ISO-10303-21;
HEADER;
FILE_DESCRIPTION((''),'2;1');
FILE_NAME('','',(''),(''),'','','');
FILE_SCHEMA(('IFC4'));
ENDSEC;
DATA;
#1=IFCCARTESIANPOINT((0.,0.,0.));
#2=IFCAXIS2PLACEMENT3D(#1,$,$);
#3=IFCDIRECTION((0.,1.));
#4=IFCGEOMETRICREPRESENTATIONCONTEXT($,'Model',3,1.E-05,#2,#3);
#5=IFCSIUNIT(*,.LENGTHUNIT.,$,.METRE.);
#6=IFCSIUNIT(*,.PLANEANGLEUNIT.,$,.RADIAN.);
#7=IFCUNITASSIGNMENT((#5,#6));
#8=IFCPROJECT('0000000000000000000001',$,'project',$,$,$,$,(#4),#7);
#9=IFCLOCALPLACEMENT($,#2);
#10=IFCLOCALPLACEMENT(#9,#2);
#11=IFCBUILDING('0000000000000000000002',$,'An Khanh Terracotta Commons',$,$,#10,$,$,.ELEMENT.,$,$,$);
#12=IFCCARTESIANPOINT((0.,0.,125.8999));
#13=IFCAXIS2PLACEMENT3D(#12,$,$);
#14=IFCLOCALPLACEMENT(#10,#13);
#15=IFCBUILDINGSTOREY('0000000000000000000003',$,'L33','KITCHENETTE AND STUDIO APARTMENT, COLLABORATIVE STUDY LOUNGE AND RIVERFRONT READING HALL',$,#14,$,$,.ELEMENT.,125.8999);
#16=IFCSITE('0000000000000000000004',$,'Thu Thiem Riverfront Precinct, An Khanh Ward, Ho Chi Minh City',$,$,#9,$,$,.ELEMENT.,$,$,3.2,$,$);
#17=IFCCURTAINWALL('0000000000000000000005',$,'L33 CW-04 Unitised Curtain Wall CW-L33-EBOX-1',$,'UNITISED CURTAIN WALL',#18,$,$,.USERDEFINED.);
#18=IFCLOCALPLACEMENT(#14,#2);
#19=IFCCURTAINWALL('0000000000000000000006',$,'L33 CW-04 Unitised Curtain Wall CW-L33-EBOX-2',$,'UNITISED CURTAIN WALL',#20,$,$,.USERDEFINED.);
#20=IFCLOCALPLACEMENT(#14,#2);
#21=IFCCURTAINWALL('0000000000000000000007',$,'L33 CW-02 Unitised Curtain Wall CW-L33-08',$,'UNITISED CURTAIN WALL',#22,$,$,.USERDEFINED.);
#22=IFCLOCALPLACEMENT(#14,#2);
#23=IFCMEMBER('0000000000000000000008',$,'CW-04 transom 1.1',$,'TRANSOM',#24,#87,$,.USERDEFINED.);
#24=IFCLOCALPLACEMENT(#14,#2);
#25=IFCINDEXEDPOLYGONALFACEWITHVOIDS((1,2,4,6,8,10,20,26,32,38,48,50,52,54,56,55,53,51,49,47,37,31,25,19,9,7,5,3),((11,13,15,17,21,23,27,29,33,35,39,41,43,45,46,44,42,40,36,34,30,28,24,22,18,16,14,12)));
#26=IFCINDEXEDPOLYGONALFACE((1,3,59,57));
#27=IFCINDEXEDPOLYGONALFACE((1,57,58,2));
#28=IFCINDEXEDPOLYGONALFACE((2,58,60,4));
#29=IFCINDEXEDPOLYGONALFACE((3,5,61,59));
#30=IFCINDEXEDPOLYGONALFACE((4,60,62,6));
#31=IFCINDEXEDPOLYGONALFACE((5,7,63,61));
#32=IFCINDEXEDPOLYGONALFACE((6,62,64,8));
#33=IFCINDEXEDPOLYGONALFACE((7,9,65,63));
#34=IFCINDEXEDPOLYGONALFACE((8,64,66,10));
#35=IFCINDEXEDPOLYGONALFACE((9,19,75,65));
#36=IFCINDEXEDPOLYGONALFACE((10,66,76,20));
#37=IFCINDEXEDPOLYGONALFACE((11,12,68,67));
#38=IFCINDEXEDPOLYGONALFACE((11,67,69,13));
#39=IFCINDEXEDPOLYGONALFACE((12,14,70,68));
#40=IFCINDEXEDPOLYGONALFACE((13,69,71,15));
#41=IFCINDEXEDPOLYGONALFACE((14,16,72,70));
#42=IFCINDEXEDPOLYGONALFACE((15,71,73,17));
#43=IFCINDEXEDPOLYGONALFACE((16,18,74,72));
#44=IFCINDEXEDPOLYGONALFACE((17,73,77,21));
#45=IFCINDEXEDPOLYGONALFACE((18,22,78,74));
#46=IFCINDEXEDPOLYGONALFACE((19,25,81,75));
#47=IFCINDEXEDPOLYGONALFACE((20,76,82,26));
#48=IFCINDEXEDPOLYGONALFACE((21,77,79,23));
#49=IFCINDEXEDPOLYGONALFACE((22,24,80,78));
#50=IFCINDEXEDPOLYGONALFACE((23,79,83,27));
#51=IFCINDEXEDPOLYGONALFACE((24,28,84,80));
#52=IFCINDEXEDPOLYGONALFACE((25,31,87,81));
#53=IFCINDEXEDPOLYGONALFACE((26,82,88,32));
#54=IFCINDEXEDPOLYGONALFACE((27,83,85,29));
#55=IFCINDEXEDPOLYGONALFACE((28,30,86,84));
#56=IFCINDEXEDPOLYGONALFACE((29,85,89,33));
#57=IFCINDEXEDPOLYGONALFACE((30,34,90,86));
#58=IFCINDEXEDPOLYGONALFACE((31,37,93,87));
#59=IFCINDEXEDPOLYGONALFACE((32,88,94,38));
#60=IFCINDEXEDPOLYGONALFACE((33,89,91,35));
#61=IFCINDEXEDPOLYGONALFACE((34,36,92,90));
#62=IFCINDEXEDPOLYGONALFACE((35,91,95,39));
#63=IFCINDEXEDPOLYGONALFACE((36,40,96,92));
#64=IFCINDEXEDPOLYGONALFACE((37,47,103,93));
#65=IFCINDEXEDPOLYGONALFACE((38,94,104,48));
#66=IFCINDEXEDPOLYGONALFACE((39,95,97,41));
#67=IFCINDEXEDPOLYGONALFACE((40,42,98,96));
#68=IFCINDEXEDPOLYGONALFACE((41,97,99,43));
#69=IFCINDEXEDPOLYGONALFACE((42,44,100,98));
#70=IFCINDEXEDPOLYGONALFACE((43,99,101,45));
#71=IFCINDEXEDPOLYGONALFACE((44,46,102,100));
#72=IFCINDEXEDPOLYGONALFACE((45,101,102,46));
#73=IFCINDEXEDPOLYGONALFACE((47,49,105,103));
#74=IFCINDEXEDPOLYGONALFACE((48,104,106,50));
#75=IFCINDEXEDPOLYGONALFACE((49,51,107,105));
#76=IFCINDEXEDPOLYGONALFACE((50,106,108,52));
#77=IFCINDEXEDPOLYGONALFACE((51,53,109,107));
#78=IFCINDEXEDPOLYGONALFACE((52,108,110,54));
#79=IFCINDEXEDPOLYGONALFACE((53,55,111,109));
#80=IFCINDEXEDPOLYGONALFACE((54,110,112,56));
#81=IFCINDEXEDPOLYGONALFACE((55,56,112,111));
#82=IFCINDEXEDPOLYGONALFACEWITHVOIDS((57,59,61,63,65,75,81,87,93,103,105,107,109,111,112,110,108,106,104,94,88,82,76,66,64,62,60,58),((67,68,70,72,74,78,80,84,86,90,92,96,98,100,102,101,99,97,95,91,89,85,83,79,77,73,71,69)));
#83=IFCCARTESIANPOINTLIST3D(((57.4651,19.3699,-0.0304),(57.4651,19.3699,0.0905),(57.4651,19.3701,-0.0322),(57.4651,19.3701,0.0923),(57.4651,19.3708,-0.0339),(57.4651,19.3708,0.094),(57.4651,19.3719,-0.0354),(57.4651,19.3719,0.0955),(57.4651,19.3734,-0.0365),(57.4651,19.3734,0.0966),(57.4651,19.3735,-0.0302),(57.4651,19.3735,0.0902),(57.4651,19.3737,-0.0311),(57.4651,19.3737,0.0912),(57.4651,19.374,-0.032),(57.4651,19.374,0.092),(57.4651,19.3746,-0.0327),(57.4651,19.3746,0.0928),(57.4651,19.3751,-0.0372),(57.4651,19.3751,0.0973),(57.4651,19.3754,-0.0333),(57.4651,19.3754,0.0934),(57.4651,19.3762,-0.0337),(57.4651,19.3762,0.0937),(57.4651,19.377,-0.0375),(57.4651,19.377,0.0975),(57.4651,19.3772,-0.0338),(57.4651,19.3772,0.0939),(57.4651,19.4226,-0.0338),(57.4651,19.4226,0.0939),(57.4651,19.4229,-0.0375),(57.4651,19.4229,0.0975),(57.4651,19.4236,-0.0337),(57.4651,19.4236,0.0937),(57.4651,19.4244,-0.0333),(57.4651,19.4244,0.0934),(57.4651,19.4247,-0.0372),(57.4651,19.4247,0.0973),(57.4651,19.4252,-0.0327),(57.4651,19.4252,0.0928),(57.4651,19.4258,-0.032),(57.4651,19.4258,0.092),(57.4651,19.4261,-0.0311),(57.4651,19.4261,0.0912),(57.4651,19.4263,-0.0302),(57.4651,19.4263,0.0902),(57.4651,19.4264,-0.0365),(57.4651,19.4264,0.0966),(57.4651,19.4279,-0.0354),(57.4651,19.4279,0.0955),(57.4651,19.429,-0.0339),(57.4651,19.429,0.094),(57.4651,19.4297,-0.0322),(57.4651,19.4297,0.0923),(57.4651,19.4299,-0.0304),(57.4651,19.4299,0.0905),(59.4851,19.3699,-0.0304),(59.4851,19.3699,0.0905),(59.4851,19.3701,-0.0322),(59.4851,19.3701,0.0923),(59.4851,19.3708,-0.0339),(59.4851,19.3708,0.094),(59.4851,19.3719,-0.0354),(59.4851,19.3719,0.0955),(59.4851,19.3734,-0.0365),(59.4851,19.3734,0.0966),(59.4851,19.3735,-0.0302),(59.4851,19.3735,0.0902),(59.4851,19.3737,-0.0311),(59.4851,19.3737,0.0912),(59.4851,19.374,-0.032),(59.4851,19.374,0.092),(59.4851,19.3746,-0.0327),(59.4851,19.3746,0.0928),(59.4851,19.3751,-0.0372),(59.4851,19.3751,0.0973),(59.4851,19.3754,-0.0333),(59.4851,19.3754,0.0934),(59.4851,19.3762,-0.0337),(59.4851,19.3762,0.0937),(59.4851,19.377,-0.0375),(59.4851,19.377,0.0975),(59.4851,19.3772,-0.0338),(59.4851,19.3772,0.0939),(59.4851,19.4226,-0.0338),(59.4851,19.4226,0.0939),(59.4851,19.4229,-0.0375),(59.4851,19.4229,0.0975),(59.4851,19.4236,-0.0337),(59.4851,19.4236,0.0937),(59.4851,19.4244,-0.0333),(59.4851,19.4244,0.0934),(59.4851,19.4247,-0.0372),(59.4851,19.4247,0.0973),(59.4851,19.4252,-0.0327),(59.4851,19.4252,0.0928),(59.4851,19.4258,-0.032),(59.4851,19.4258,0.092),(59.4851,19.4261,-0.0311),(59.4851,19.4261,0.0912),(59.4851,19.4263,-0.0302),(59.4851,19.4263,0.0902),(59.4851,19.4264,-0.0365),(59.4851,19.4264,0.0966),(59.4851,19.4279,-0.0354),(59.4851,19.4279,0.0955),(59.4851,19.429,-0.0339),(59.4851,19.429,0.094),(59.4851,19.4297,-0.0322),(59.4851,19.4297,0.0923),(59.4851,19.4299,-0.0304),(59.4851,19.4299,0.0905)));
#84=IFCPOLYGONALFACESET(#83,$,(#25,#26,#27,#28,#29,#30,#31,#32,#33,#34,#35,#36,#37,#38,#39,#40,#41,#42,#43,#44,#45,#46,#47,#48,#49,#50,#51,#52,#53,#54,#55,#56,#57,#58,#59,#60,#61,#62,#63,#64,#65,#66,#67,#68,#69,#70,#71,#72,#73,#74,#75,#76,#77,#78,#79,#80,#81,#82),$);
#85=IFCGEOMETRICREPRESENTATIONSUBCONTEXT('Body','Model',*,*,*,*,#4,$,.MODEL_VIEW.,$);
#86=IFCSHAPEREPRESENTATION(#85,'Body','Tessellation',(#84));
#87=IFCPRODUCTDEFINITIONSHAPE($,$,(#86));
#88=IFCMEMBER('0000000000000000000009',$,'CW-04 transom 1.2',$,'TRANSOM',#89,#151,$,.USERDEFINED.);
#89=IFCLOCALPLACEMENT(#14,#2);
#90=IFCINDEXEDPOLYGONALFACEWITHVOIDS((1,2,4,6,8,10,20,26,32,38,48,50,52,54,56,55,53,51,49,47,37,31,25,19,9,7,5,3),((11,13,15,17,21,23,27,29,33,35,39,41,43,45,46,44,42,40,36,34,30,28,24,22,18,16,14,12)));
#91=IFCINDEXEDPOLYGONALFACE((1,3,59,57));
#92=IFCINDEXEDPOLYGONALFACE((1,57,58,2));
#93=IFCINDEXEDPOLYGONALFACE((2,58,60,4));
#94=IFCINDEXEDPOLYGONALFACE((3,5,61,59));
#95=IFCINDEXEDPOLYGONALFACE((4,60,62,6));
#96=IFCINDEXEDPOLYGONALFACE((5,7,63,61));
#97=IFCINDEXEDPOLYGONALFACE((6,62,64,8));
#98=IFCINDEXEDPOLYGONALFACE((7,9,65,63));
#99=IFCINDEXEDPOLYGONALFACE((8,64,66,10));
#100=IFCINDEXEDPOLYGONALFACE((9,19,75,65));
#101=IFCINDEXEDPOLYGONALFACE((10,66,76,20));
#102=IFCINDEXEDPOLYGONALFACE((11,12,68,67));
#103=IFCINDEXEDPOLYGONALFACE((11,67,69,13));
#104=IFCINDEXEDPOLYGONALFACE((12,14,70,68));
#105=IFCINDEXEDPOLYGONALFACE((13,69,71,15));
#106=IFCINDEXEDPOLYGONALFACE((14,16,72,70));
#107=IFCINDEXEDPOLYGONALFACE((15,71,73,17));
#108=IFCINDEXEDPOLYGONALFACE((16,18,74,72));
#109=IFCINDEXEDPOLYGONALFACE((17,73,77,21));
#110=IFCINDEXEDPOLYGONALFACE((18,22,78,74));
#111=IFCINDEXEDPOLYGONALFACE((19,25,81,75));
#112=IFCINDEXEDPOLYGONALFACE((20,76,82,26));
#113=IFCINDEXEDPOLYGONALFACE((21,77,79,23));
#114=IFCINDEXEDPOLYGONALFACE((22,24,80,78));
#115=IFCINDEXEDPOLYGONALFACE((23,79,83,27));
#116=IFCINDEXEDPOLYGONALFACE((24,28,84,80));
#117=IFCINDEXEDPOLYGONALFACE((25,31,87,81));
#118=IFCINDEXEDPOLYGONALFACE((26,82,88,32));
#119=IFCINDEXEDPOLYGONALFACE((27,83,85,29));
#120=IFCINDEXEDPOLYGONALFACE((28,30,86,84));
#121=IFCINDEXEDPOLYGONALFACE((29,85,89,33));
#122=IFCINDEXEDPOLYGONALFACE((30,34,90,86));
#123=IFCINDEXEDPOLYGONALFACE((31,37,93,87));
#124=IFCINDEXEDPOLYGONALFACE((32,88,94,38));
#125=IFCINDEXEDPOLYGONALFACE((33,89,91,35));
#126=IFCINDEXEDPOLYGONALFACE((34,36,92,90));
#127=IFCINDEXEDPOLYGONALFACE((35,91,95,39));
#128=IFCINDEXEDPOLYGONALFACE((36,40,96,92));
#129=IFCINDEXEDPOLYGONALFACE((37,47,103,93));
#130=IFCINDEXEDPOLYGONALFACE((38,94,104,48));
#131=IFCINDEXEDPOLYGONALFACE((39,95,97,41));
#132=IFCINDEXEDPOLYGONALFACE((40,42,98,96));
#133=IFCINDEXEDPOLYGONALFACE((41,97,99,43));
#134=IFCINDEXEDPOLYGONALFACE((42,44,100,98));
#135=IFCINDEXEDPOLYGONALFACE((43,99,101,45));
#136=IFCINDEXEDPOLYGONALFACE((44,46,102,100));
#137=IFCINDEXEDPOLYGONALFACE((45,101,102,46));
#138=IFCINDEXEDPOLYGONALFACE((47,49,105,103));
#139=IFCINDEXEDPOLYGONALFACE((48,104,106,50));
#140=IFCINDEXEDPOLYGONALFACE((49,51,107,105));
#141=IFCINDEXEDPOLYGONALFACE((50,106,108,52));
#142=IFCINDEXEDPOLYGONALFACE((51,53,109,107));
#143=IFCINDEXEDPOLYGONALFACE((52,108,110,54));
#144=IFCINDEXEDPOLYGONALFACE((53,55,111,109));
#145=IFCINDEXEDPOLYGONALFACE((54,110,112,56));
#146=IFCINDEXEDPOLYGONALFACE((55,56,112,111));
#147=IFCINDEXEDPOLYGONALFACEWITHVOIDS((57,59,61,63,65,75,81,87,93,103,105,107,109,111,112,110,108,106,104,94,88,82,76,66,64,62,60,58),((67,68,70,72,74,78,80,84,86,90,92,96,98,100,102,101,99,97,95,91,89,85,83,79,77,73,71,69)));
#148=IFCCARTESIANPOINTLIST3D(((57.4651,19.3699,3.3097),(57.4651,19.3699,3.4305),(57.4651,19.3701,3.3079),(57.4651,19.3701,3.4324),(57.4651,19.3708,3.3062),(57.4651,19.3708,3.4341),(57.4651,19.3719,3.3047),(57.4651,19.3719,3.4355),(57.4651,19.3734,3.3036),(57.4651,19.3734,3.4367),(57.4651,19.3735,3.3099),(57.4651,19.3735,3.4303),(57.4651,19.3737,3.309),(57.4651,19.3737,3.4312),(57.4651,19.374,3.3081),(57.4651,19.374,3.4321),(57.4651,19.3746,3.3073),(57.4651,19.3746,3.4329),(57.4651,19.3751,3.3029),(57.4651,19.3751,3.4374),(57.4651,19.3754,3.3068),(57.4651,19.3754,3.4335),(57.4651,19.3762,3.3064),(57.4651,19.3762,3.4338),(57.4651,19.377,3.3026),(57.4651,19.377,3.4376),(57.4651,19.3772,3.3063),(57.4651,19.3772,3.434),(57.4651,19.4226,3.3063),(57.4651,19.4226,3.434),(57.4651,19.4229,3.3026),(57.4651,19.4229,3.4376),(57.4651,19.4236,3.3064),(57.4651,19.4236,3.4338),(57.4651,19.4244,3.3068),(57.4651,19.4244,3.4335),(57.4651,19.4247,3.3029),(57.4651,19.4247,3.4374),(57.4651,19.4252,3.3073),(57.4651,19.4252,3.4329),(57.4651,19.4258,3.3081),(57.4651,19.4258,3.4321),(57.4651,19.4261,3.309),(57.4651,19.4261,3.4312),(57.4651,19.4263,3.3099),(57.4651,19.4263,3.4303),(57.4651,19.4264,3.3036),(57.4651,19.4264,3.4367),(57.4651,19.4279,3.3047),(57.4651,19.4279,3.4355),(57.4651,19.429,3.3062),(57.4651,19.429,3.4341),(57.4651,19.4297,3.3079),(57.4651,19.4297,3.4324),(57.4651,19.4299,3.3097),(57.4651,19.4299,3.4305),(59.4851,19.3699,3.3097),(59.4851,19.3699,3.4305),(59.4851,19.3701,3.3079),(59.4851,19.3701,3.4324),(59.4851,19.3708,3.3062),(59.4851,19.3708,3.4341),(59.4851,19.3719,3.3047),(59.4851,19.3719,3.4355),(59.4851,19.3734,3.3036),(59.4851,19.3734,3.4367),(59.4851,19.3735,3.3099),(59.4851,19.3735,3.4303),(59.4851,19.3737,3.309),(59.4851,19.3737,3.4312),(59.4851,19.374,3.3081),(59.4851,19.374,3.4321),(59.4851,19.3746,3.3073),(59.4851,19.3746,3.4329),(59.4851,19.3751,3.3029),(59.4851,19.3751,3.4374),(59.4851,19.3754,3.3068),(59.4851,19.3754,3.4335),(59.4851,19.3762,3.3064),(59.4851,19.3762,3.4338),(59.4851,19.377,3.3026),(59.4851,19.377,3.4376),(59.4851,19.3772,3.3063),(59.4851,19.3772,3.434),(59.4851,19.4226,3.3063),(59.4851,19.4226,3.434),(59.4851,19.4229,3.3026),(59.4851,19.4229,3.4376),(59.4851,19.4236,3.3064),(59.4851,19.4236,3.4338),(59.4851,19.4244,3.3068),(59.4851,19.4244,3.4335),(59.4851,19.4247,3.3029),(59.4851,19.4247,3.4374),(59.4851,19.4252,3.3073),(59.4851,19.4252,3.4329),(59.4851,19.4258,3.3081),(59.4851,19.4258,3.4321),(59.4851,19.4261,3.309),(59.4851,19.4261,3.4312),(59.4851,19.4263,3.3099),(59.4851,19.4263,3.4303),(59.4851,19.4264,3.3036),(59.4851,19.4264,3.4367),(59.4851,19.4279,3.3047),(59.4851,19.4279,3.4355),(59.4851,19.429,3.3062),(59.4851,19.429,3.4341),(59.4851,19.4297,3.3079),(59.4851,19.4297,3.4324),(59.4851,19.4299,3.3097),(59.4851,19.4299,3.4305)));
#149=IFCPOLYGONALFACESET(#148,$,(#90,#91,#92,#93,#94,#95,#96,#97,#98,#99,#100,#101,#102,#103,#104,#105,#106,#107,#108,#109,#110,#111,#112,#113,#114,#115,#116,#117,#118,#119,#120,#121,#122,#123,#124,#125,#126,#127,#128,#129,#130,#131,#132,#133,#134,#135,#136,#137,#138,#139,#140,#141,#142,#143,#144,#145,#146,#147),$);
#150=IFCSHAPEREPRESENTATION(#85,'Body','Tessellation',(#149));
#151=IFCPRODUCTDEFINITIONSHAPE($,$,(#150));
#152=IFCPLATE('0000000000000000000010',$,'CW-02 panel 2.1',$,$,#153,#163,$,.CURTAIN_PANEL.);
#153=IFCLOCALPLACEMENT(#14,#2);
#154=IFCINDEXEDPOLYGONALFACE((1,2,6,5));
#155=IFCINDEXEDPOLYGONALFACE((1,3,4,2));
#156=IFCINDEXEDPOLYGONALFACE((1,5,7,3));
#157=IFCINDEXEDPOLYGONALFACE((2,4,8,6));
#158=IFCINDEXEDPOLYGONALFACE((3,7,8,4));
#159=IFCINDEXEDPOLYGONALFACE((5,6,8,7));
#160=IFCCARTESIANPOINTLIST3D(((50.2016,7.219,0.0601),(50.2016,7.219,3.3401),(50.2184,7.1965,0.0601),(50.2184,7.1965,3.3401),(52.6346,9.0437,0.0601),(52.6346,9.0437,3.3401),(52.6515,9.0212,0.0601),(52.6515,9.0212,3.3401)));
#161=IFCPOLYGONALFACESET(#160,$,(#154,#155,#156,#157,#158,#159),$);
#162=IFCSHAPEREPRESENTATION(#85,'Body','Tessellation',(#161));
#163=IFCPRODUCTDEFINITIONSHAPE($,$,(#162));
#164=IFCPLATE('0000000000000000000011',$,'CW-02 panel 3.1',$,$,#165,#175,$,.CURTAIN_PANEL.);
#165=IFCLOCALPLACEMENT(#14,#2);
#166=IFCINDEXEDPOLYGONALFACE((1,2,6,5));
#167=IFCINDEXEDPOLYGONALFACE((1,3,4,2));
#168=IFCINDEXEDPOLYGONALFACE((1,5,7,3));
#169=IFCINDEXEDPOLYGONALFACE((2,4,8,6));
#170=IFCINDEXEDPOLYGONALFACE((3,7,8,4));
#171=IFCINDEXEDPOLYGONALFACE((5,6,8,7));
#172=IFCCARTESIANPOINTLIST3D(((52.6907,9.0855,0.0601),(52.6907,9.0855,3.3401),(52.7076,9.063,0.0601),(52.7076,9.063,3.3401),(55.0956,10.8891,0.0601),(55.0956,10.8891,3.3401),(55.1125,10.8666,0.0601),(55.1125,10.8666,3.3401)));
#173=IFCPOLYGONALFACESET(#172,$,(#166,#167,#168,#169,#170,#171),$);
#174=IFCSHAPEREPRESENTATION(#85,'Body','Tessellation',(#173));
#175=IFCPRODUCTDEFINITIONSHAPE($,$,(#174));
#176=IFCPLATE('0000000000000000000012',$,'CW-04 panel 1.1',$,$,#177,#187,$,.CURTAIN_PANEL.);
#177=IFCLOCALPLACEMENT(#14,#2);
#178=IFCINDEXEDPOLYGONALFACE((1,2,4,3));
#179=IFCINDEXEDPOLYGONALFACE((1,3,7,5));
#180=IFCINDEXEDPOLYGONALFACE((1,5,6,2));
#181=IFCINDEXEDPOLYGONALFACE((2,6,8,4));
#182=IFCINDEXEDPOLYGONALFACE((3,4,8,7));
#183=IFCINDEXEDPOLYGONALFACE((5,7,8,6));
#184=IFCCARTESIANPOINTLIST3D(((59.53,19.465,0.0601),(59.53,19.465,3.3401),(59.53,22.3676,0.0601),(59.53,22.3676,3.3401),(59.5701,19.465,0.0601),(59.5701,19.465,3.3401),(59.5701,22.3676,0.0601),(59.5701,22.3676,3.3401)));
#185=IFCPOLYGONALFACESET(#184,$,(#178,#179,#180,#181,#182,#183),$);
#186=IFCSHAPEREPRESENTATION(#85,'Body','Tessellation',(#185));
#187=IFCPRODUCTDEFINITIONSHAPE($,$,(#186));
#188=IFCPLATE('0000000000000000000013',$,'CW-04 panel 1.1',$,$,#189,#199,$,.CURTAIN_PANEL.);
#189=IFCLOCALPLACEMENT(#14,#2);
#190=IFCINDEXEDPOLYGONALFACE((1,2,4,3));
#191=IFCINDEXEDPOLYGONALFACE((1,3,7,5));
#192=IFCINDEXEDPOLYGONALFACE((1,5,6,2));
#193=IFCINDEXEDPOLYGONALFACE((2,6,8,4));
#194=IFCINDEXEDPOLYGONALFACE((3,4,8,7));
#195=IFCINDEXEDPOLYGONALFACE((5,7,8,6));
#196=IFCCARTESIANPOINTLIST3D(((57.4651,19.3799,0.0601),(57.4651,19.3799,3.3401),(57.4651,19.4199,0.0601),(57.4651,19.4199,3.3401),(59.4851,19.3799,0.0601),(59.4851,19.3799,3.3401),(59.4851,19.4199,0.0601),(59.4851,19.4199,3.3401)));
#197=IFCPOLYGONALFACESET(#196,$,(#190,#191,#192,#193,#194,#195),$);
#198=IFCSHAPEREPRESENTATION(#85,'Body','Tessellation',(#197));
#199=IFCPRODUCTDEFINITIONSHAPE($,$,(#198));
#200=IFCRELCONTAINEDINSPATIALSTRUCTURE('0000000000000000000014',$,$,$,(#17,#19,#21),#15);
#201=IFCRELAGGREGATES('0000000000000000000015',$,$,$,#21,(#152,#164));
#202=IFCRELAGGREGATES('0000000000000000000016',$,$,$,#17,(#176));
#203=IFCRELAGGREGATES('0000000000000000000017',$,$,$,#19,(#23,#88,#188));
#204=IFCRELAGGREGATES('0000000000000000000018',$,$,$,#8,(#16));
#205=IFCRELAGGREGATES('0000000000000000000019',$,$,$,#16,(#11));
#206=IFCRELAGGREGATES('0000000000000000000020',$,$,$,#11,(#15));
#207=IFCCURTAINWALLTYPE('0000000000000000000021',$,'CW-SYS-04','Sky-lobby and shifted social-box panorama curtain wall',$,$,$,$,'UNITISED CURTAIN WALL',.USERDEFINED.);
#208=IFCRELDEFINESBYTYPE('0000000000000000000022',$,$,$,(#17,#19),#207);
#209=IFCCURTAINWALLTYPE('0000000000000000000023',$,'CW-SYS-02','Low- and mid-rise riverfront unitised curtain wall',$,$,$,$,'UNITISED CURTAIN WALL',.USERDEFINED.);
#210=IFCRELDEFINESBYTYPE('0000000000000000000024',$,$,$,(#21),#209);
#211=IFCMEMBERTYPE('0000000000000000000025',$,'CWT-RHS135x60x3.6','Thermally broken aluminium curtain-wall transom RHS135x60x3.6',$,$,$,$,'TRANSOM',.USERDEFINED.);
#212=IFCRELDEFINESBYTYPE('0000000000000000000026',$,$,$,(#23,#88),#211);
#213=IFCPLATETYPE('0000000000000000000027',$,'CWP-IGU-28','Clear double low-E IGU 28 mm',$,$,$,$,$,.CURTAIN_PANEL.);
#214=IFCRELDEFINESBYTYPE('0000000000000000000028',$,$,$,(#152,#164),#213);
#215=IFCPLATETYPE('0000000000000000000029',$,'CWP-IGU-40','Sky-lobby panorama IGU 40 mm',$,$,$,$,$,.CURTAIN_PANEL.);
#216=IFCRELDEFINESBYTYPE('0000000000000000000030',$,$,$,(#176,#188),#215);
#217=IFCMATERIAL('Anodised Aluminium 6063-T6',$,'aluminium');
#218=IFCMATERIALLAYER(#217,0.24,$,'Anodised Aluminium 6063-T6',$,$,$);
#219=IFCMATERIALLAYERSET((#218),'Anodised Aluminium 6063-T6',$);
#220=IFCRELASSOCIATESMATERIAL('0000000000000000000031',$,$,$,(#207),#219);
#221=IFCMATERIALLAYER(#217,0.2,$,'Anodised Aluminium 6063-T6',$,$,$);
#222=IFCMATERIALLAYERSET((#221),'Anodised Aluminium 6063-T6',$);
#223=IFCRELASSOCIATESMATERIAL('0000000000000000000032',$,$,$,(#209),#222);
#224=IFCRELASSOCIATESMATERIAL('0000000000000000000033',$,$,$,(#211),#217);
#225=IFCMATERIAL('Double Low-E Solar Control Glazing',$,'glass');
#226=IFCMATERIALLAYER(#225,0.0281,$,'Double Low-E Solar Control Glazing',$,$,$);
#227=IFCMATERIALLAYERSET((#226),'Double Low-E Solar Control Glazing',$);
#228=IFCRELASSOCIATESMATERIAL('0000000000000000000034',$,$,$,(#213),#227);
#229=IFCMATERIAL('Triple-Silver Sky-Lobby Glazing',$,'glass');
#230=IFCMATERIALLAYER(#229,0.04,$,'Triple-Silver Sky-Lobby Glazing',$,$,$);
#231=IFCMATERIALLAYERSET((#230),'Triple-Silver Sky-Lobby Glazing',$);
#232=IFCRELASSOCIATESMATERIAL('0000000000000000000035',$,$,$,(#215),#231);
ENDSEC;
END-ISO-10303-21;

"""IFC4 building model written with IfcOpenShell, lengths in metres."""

from ifc_helpers import new_model, si_unit, direction, frame, origin, origin_2d, place, context, subcontext, project, spatial, rectangle, hollow_rectangle, extrude, material, layer, layer_set, material_profile, profile_set, type_object, element, aggregate, save


model = new_model("IFC4")

# Units and contexts
model_context = context("Model", 3, precision=1e-05, world=origin(), true_north=direction((0.0, 1.0)))
body_context = subcontext(model_context, "Body", "Model", "MODEL_VIEW")
ifc_project = project(units=[si_unit("LENGTHUNIT", "METRE"), si_unit("PLANEANGLEUNIT", "RADIAN")], contexts=[model_context])

# Site, building, storey
site_placement = place(None, origin())
site = spatial("IfcSite", under=ifc_project, at=site_placement, Name="Thu Thiem Riverfront Precinct, An Khanh Ward, Ho Chi Minh City", CompositionType="ELEMENT", RefElevation=3.2)
building_placement = place(site_placement, origin())
building = spatial("IfcBuilding", under=site, at=building_placement, Name="An Khanh Terracotta Commons", CompositionType="ELEMENT")
storey_placement = place(building_placement, frame((0.0, 0.0, 125.8999)))
storey = spatial("IfcBuildingStorey", under=building, at=storey_placement, Name="L33", Description="KITCHENETTE AND STUDIO APARTMENT, COLLABORATIVE STUDY LOUNGE AND RIVERFRONT READING HALL", CompositionType="ELEMENT", Elevation=125.8999)

# Curtain walls
ifc_material_1 = material(Name="Anodised Aluminium 6063-T6", Category="aluminium")
ifc_layer_1 = layer(ifc_material_1, 0.24, Name="Anodised Aluminium 6063-T6")
ifc_layer_set_1 = layer_set([ifc_layer_1], Name="Anodised Aluminium 6063-T6")
curtain_wall_type_1 = type_object("IfcCurtainWallType", Name="CW-SYS-04", Description="Sky-lobby and shifted social-box panorama curtain wall", ElementType="UNITISED CURTAIN WALL", PredefinedType="USERDEFINED", material=ifc_layer_set_1)
curtain_wall_1_placement = place(storey_placement, origin())
curtain_wall_1 = element("IfcCurtainWall", 1, at=curtain_wall_1_placement, inside=storey, type_object=curtain_wall_type_1, Name="L33 CW-04 Unitised Curtain Wall CW-L33-EBOX-1", ObjectType="UNITISED CURTAIN WALL", PredefinedType="USERDEFINED")
curtain_wall_2_placement = place(storey_placement, origin())
curtain_wall_2 = element("IfcCurtainWall", 2, at=curtain_wall_2_placement, inside=storey, type_object=curtain_wall_type_1, Name="L33 CW-04 Unitised Curtain Wall CW-L33-EBOX-2", ObjectType="UNITISED CURTAIN WALL", PredefinedType="USERDEFINED")
ifc_layer_2 = layer(ifc_material_1, 0.2, Name="Anodised Aluminium 6063-T6")
ifc_layer_set_2 = layer_set([ifc_layer_2], Name="Anodised Aluminium 6063-T6")
curtain_wall_type_2 = type_object("IfcCurtainWallType", Name="CW-SYS-02", Description="Low- and mid-rise riverfront unitised curtain wall", ElementType="UNITISED CURTAIN WALL", PredefinedType="USERDEFINED", material=ifc_layer_set_2)
curtain_wall_3_placement = place(storey_placement, origin())
curtain_wall_3 = element("IfcCurtainWall", 3, at=curtain_wall_3_placement, inside=storey, type_object=curtain_wall_type_2, Name="L33 CW-02 Unitised Curtain Wall CW-L33-08", ObjectType="UNITISED CURTAIN WALL", PredefinedType="USERDEFINED")

# Members
ifc_material_profile_1 = material_profile(ifc_material_1, hollow_rectangle(XDim=0.0601, YDim=0.135, WallThickness=0.0037, InnerFilletRadius=0.0037, OuterFilletRadius=0.0071, at=origin_2d()), Name="RHS135x60x3.6")
ifc_profile_set_1 = profile_set([ifc_material_profile_1], Name="Anodised Aluminium 6063-T6")
member_type_1 = type_object("IfcMemberType", Name="CWT-RHS135x60x3.6", Description="Thermally broken aluminium curtain-wall transom RHS135x60x3.6", ElementType="TRANSOM", PredefinedType="USERDEFINED", material=ifc_profile_set_1)
member_1_placement = place(storey_placement, frame((57.4651, 19.3999, 0.03), z_axis=(1.0, 0.0, 0.0), x_axis=(0.0, 1.0, 0.0)))
member_1 = element("IfcMember", 4, at=member_1_placement, type_object=member_type_1, Name="CW-04 transom 1.1", ObjectType="TRANSOM", PredefinedType="USERDEFINED", context=body_context, shape_type="SweptSolid", body=[
    extrude(hollow_rectangle(XDim=0.0601, YDim=0.135, WallThickness=0.0037, InnerFilletRadius=0.0037, OuterFilletRadius=0.0071, at=origin_2d()), origin(), (0.0, 0.0, 1.0), 2.02),
])
member_2_placement = place(storey_placement, frame((57.4651, 19.3999, 3.3701), z_axis=(1.0, 0.0, 0.0), x_axis=(0.0, 1.0, 0.0)))
member_2 = element("IfcMember", 5, at=member_2_placement, type_object=member_type_1, Name="CW-04 transom 1.2", ObjectType="TRANSOM", PredefinedType="USERDEFINED", context=body_context, shape_type="SweptSolid", body=[
    extrude(hollow_rectangle(XDim=0.0601, YDim=0.135, WallThickness=0.0037, InnerFilletRadius=0.0037, OuterFilletRadius=0.0071, at=origin_2d()), origin(), (0.0, 0.0, 1.0), 2.02),
])

# Plates
ifc_material_2 = material(Name="Double Low-E Solar Control Glazing", Category="glass")
ifc_layer_3 = layer(ifc_material_2, 0.0281, Name="Double Low-E Solar Control Glazing")
ifc_layer_set_3 = layer_set([ifc_layer_3], Name="Double Low-E Solar Control Glazing")
plate_type_1 = type_object("IfcPlateType", Name="CWP-IGU-28", Description="Clear double low-E IGU 28 mm", PredefinedType="CURTAIN_PANEL", material=ifc_layer_set_3)
plate_1_placement = place(storey_placement, frame((51.4265, 8.1201, 0.0601), z_axis=(0.0, 0.0, 1.0), x_axis=(0.800013, 0.599983, 0.0)))
plate_1 = element("IfcPlate", 6, at=plate_1_placement, type_object=plate_type_1, Name="CW-02 panel 2.1", PredefinedType="CURTAIN_PANEL", context=body_context, shape_type="SweptSolid", body=[
    extrude(rectangle(XDim=3.0413, YDim=0.0281, at=origin_2d()), origin(), (0.0, 0.0, 1.0), 3.28),
])
plate_2_placement = place(storey_placement, frame((53.9016, 9.9761, 0.0601), z_axis=(0.0, 0.0, 1.0), x_axis=(0.800013, 0.599983, 0.0)))
plate_2 = element("IfcPlate", 7, at=plate_2_placement, type_object=plate_type_1, Name="CW-02 panel 3.1", PredefinedType="CURTAIN_PANEL", context=body_context, shape_type="SweptSolid", body=[
    extrude(rectangle(XDim=3.0061, YDim=0.0281, at=origin_2d()), origin(), (0.0, 0.0, 1.0), 3.28),
])
aggregate(curtain_wall_3, [plate_1, plate_2])
ifc_material_3 = material(Name="Triple-Silver Sky-Lobby Glazing", Category="glass")
ifc_layer_4 = layer(ifc_material_3, 0.04, Name="Triple-Silver Sky-Lobby Glazing")
ifc_layer_set_4 = layer_set([ifc_layer_4], Name="Triple-Silver Sky-Lobby Glazing")
plate_type_2 = type_object("IfcPlateType", Name="CWP-IGU-40", Description="Sky-lobby panorama IGU 40 mm", PredefinedType="CURTAIN_PANEL", material=ifc_layer_set_4)
plate_3_placement = place(storey_placement, frame((59.55, 20.9163, 0.0601), z_axis=(0.0, 0.0, 1.0), x_axis=(0.0, 1.0, 0.0)))
plate_3 = element("IfcPlate", 8, at=plate_3_placement, type_object=plate_type_2, Name="CW-04 panel 1.1", PredefinedType="CURTAIN_PANEL", context=body_context, shape_type="SweptSolid", body=[
    extrude(rectangle(XDim=2.9026, YDim=0.04, at=origin_2d()), origin(), (0.0, 0.0, 1.0), 3.28),
])
aggregate(curtain_wall_1, [plate_3])
plate_4_placement = place(storey_placement, frame((58.4751, 19.3999, 0.0601), z_axis=(0.0, 0.0, 1.0), x_axis=(1.0, 0.0, 0.0)))
plate_4 = element("IfcPlate", 9, at=plate_4_placement, type_object=plate_type_2, Name="CW-04 panel 1.1", PredefinedType="CURTAIN_PANEL", context=body_context, shape_type="SweptSolid", body=[
    extrude(rectangle(XDim=2.02, YDim=0.04, at=origin_2d()), origin(), (0.0, 0.0, 1.0), 3.28),
])
aggregate(curtain_wall_2, [member_1, member_2, plate_4])

save(model, "model.ifc")
